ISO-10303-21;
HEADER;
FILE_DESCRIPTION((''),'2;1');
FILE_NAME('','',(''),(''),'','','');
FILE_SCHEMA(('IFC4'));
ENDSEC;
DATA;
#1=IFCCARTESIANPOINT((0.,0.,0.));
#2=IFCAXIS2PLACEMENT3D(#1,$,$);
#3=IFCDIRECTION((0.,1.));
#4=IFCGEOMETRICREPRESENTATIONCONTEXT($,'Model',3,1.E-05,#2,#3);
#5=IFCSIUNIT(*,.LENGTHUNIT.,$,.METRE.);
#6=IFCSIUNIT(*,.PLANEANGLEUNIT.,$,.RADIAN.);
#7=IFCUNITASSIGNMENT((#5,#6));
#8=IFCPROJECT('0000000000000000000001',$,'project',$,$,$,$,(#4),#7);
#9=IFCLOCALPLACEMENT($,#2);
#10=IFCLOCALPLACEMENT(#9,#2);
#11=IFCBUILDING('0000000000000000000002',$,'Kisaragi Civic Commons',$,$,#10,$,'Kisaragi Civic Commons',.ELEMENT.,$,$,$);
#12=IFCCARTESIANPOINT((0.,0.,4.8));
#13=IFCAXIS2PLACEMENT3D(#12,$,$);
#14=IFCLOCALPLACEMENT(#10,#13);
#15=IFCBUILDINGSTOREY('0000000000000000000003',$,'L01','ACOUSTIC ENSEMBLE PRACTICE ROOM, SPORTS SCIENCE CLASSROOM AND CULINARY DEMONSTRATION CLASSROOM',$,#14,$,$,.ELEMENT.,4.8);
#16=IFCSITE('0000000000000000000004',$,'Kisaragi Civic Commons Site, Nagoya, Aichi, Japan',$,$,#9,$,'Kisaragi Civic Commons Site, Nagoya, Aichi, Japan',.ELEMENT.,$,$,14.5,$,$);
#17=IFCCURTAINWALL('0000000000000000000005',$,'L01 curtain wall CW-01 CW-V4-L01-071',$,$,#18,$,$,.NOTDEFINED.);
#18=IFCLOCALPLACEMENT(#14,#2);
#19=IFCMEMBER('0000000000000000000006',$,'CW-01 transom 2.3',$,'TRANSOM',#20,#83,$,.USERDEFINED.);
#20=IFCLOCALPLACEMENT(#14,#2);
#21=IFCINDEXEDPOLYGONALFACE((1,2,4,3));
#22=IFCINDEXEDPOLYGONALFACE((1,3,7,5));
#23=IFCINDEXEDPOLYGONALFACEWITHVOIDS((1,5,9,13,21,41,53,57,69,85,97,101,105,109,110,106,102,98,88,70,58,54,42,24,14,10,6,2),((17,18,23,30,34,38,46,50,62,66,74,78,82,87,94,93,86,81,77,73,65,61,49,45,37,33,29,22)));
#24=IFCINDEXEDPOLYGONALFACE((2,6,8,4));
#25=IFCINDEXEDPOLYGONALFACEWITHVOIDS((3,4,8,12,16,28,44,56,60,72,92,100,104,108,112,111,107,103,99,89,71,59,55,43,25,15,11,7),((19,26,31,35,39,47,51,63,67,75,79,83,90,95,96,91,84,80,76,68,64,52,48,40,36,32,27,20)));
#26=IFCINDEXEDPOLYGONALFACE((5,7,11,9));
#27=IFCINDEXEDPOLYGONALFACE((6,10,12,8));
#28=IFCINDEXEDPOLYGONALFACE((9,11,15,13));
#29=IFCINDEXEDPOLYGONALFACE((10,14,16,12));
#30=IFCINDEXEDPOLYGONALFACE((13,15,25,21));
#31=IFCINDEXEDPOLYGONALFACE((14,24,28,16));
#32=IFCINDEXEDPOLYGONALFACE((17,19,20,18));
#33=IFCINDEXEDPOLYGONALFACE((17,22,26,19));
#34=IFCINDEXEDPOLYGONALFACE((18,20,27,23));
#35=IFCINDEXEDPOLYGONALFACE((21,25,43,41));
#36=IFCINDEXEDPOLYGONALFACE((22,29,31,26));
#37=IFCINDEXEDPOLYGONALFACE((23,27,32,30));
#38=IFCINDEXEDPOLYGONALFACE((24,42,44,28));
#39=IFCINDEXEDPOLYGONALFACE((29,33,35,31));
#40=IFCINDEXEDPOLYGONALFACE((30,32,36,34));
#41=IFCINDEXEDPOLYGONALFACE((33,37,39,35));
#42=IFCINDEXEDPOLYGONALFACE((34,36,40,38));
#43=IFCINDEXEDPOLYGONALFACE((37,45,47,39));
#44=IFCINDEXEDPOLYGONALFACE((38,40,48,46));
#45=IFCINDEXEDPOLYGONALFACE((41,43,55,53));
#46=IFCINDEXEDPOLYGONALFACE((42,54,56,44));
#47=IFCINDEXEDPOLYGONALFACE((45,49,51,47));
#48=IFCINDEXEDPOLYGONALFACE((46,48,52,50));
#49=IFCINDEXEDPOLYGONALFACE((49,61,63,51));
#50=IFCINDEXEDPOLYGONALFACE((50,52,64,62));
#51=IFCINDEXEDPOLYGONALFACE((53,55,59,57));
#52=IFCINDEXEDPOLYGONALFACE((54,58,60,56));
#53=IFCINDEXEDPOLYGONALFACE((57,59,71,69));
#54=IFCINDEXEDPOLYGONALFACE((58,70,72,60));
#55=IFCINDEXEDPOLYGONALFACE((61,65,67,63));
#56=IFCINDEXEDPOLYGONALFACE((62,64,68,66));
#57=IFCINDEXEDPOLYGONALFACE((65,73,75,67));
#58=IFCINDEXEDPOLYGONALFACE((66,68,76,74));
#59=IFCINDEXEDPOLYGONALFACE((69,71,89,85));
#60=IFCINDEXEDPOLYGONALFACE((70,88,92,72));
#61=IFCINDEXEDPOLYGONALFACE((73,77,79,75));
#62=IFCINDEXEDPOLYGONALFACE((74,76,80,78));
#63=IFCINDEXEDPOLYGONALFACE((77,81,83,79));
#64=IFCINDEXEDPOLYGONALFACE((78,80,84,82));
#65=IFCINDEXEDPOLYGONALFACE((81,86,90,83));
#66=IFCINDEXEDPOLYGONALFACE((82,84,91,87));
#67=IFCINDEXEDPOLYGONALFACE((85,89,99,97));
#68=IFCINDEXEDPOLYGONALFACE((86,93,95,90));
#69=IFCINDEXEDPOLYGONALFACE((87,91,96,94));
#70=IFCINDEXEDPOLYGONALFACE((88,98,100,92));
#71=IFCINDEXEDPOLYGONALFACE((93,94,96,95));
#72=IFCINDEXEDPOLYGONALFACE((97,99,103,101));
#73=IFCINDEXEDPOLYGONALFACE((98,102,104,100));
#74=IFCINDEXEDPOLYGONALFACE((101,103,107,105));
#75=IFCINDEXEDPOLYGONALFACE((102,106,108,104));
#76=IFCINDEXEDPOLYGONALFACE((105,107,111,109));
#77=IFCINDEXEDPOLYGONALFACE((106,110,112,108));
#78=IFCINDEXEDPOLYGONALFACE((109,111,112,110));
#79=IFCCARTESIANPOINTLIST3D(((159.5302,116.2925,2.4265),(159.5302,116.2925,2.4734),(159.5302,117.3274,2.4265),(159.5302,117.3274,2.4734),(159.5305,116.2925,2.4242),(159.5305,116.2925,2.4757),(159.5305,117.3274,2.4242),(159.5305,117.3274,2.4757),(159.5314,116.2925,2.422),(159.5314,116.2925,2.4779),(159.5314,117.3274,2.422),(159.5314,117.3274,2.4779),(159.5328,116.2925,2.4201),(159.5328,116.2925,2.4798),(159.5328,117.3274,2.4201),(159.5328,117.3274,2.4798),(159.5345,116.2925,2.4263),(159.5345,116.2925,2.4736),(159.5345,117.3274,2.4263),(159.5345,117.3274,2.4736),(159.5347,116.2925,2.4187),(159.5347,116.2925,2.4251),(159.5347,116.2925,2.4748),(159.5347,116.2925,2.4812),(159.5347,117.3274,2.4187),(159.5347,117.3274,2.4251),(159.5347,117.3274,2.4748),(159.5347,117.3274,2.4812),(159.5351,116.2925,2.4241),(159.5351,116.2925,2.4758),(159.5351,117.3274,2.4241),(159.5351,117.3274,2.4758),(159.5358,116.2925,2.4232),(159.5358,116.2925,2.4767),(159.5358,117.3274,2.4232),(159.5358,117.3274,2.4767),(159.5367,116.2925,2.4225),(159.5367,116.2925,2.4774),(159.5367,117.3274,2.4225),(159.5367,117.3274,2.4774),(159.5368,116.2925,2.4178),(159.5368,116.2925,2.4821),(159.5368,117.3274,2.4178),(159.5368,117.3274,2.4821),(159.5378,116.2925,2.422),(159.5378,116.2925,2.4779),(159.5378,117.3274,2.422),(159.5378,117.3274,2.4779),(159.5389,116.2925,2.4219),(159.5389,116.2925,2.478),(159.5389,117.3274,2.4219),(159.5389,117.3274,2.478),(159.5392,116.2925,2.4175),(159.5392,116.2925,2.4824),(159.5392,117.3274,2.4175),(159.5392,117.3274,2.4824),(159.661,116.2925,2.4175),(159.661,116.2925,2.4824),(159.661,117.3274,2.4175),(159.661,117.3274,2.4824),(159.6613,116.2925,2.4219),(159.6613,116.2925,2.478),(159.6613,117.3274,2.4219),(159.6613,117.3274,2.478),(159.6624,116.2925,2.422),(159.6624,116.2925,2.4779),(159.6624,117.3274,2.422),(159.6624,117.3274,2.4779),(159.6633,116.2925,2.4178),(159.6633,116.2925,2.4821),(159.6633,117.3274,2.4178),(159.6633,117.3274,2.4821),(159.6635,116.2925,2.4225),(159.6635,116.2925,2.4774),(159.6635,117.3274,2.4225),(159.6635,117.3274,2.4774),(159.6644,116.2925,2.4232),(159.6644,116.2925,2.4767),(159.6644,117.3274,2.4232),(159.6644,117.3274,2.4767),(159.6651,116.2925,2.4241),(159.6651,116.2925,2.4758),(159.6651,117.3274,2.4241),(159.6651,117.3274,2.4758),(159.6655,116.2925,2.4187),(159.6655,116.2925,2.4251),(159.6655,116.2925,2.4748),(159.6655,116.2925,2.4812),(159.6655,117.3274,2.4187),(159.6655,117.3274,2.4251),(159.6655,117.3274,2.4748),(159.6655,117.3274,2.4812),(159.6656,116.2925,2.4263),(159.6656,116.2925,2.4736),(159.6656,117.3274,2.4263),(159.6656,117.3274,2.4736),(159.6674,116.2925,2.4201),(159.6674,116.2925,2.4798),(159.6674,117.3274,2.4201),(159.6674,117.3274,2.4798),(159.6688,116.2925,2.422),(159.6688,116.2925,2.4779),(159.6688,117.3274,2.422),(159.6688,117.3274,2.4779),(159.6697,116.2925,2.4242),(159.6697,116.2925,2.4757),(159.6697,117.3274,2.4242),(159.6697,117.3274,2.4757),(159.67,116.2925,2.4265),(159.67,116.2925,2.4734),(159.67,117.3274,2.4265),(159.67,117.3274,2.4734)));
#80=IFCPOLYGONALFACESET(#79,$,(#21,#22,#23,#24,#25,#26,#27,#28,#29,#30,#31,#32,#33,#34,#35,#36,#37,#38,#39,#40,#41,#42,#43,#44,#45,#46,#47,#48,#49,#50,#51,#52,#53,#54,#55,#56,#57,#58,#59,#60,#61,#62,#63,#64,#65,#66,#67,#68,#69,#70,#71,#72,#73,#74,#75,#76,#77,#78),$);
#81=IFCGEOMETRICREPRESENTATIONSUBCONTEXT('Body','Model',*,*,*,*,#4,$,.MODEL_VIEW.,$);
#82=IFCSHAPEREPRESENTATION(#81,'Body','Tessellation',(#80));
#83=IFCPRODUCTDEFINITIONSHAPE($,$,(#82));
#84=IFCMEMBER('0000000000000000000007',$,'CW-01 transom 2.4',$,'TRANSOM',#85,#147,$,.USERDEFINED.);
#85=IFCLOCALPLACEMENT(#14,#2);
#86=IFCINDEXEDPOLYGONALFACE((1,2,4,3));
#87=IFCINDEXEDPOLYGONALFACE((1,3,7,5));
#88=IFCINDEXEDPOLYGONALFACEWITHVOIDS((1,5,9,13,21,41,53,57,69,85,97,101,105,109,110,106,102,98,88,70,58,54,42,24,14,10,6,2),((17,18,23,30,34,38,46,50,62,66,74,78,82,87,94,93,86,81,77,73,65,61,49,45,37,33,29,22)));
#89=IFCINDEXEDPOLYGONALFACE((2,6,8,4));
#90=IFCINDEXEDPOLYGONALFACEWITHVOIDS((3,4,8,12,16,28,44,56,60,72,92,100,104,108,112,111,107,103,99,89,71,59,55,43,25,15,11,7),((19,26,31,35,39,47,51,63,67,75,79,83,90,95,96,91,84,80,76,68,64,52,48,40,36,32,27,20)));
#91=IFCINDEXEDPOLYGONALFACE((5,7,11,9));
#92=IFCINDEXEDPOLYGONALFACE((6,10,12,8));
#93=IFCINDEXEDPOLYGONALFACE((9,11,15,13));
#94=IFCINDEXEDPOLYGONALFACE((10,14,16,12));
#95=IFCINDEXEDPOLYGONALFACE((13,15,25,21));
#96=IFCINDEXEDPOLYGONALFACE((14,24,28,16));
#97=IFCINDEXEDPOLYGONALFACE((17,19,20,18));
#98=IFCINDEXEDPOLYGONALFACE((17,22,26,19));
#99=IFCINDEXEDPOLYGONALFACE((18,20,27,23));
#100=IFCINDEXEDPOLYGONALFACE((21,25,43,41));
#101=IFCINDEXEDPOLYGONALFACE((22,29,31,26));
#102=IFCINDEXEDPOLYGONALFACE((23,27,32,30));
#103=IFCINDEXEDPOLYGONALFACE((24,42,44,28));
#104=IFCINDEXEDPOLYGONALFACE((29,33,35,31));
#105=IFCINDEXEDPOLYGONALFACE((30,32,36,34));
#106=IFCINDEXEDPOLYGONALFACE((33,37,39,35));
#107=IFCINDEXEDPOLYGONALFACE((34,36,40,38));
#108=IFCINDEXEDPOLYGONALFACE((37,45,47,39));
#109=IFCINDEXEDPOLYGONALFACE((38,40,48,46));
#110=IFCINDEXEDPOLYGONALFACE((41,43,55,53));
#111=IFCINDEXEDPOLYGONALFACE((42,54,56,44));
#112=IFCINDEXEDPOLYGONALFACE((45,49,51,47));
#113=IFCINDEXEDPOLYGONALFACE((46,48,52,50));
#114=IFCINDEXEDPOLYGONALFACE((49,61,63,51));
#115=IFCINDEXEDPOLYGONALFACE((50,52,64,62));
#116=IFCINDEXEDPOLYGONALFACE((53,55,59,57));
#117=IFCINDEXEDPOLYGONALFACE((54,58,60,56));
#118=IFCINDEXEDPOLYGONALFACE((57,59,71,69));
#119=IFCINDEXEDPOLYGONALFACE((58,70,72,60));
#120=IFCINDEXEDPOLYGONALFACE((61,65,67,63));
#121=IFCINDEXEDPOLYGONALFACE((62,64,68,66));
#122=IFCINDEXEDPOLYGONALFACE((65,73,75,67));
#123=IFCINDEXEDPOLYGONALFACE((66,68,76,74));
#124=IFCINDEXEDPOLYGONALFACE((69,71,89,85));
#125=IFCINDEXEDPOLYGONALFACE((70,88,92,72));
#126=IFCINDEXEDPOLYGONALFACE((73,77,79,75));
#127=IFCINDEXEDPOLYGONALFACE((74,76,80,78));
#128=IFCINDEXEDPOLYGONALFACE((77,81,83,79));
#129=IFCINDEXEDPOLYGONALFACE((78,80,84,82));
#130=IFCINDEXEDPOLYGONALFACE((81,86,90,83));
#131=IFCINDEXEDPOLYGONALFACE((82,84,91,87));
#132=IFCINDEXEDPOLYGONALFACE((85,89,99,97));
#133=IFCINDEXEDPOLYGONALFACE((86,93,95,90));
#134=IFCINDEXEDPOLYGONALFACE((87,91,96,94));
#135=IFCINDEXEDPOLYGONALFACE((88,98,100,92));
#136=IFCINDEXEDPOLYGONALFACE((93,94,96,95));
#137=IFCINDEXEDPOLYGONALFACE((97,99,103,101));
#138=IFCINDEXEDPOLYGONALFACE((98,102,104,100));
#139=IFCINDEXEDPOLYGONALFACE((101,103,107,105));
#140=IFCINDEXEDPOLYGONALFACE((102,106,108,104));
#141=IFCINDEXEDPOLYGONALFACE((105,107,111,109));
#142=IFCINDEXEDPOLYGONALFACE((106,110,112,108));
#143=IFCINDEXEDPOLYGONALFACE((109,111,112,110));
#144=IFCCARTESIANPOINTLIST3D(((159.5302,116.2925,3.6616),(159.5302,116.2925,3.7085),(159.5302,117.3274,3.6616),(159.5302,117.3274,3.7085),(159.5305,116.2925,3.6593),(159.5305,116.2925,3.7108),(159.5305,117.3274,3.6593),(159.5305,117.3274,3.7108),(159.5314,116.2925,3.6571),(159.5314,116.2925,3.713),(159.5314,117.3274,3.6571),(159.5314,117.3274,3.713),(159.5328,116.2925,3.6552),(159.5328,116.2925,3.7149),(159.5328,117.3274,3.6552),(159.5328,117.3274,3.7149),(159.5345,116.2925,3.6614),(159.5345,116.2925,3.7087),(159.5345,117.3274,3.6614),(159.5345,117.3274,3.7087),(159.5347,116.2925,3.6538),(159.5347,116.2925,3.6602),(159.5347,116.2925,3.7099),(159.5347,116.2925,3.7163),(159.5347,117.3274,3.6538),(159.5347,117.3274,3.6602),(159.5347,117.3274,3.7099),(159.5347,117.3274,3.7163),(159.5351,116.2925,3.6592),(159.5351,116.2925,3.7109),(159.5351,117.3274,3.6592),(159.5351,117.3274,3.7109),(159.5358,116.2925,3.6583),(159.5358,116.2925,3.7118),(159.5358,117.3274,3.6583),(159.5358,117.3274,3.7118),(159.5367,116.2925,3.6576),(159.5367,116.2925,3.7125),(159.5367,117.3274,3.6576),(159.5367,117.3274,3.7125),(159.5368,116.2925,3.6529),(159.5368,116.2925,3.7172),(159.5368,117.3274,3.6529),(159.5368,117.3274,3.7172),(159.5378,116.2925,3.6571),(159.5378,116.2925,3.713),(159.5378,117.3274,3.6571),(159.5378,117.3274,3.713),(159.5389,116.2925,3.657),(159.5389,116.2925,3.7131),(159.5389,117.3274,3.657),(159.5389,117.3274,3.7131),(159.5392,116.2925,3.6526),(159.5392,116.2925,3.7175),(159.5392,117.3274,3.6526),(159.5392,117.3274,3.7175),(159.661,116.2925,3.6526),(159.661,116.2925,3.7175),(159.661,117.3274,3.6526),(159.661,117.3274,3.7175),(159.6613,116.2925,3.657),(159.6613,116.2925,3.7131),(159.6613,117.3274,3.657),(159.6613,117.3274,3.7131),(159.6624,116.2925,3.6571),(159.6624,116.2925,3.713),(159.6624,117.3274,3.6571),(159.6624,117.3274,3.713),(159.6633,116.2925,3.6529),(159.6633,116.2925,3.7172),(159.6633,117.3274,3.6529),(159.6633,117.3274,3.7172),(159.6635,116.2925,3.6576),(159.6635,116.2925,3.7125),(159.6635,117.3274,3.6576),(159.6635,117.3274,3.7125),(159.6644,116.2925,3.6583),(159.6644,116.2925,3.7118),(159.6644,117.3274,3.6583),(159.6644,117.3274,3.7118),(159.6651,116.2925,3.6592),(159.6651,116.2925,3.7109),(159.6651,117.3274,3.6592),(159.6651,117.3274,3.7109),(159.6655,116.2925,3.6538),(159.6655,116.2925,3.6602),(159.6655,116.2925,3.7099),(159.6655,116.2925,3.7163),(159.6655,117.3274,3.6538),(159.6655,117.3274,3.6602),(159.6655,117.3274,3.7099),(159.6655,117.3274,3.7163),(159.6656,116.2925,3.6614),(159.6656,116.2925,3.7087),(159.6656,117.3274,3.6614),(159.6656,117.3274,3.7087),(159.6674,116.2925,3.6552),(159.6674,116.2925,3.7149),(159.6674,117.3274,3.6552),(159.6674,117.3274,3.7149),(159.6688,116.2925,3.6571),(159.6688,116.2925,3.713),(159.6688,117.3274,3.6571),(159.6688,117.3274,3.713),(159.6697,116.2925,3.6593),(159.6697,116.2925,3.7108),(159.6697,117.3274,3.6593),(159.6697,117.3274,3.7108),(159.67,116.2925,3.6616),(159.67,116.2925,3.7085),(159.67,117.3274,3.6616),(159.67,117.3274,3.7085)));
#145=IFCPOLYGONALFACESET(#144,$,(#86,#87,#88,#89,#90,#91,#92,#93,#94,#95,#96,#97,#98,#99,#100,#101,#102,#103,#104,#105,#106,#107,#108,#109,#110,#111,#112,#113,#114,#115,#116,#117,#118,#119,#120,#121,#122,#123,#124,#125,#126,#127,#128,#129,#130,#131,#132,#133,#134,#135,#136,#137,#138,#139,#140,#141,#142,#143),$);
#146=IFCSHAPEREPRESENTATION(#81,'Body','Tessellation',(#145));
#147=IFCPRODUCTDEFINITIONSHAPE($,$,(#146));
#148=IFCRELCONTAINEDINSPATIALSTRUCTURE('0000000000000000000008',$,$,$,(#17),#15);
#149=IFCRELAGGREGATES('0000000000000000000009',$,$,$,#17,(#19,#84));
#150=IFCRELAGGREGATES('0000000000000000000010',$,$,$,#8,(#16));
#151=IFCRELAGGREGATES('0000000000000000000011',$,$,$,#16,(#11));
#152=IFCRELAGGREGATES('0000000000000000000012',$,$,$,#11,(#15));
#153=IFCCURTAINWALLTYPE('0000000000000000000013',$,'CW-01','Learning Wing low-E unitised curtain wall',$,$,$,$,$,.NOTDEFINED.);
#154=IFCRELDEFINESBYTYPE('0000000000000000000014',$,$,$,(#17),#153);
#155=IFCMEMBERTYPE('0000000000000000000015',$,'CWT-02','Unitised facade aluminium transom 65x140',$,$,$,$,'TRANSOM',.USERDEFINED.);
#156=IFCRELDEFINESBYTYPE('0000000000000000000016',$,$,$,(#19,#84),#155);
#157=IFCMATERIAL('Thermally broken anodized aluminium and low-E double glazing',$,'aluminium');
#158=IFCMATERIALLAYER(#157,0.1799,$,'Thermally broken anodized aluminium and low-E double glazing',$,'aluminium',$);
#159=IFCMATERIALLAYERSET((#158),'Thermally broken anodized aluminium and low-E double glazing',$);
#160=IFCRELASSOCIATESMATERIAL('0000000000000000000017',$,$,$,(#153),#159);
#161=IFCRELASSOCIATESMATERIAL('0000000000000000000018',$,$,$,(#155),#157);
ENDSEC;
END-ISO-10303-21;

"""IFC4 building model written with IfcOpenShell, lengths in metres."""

from ifc_helpers import new_model, si_unit, direction, frame, origin, origin_2d, place, context, subcontext, project, spatial, hollow_rectangle, extrude, material, layer, layer_set, material_profile, profile_set, type_object, element, aggregate, save


model = new_model("IFC4")

# Units and contexts
model_context = context("Model", 3, precision=1e-05, world=origin(), true_north=direction((0.0, 1.0)))
body_context = subcontext(model_context, "Body", "Model", "MODEL_VIEW")
ifc_project = project(units=[si_unit("LENGTHUNIT", "METRE"), si_unit("PLANEANGLEUNIT", "RADIAN")], contexts=[model_context])

# Site, building, storey
site_placement = place(None, origin())
site = spatial("IfcSite", under=ifc_project, at=site_placement, Name="Kisaragi Civic Commons Site, Nagoya, Aichi, Japan", LongName="Kisaragi Civic Commons Site, Nagoya, Aichi, Japan", CompositionType="ELEMENT", RefElevation=14.5)
building_placement = place(site_placement, origin())
building = spatial("IfcBuilding", under=site, at=building_placement, Name="Kisaragi Civic Commons", LongName="Kisaragi Civic Commons", CompositionType="ELEMENT")
storey_placement = place(building_placement, frame((0.0, 0.0, 4.8)))
storey = spatial("IfcBuildingStorey", under=building, at=storey_placement, Name="L01", Description="ACOUSTIC ENSEMBLE PRACTICE ROOM, SPORTS SCIENCE CLASSROOM AND CULINARY DEMONSTRATION CLASSROOM", CompositionType="ELEMENT", Elevation=4.8)

# Curtain wall, members
ifc_material_1 = material(Name="Thermally broken anodized aluminium and low-E double glazing", Category="aluminium")
ifc_layer_1 = layer(ifc_material_1, 0.1799, Name="Thermally broken anodized aluminium and low-E double glazing", Category="aluminium")
ifc_layer_set_1 = layer_set([ifc_layer_1], Name="Thermally broken anodized aluminium and low-E double glazing")
curtain_wall_type = type_object("IfcCurtainWallType", Name="CW-01", Description="Learning Wing low-E unitised curtain wall", PredefinedType="NOTDEFINED", material=ifc_layer_set_1)
curtain_wall_placement = place(storey_placement, origin())
curtain_wall = element("IfcCurtainWall", 1, at=curtain_wall_placement, inside=storey, type_object=curtain_wall_type, Name="L01 curtain wall CW-01 CW-V4-L01-071", PredefinedType="NOTDEFINED")
ifc_material_profile_1 = material_profile(ifc_material_1, hollow_rectangle(XDim=0.1399, YDim=0.0649, WallThickness=0.0044, InnerFilletRadius=0.0044, OuterFilletRadius=0.009, at=origin_2d()), Name="CWT-65x140x4.5", Category="aluminium")
ifc_profile_set_1 = profile_set([ifc_material_profile_1], Name="Thermally broken anodized aluminium and low-E double glazing")
member_type_1 = type_object("IfcMemberType", Name="CWT-02", Description="Unitised facade aluminium transom 65x140", ElementType="TRANSOM", PredefinedType="USERDEFINED", material=ifc_profile_set_1)
member_1_placement = place(storey_placement, frame((159.6001, 117.3274, 2.45), z_axis=(0.0, -1.0, 0.0), x_axis=(1.0, 0.0, 0.0)))
member_1 = element("IfcMember", 2, at=member_1_placement, type_object=member_type_1, Name="CW-01 transom 2.3", ObjectType="TRANSOM", PredefinedType="USERDEFINED", context=body_context, shape_type="SweptSolid", body=[
    extrude(hollow_rectangle(XDim=0.1399, YDim=0.0649, WallThickness=0.0044, InnerFilletRadius=0.0044, OuterFilletRadius=0.009, at=origin_2d()), origin(), (0.0, 0.0, 1.0), 1.0349),
])
member_2_placement = place(storey_placement, frame((159.6001, 117.3274, 3.6851), z_axis=(0.0, -1.0, 0.0), x_axis=(1.0, 0.0, 0.0)))
member_2 = element("IfcMember", 3, at=member_2_placement, type_object=member_type_1, Name="CW-01 transom 2.4", ObjectType="TRANSOM", PredefinedType="USERDEFINED", context=body_context, shape_type="SweptSolid", body=[
    extrude(hollow_rectangle(XDim=0.1399, YDim=0.0649, WallThickness=0.0044, InnerFilletRadius=0.0044, OuterFilletRadius=0.009, at=origin_2d()), origin(), (0.0, 0.0, 1.0), 1.0349),
])
aggregate(curtain_wall, [member_1, member_2])

save(model, "model.ifc")
